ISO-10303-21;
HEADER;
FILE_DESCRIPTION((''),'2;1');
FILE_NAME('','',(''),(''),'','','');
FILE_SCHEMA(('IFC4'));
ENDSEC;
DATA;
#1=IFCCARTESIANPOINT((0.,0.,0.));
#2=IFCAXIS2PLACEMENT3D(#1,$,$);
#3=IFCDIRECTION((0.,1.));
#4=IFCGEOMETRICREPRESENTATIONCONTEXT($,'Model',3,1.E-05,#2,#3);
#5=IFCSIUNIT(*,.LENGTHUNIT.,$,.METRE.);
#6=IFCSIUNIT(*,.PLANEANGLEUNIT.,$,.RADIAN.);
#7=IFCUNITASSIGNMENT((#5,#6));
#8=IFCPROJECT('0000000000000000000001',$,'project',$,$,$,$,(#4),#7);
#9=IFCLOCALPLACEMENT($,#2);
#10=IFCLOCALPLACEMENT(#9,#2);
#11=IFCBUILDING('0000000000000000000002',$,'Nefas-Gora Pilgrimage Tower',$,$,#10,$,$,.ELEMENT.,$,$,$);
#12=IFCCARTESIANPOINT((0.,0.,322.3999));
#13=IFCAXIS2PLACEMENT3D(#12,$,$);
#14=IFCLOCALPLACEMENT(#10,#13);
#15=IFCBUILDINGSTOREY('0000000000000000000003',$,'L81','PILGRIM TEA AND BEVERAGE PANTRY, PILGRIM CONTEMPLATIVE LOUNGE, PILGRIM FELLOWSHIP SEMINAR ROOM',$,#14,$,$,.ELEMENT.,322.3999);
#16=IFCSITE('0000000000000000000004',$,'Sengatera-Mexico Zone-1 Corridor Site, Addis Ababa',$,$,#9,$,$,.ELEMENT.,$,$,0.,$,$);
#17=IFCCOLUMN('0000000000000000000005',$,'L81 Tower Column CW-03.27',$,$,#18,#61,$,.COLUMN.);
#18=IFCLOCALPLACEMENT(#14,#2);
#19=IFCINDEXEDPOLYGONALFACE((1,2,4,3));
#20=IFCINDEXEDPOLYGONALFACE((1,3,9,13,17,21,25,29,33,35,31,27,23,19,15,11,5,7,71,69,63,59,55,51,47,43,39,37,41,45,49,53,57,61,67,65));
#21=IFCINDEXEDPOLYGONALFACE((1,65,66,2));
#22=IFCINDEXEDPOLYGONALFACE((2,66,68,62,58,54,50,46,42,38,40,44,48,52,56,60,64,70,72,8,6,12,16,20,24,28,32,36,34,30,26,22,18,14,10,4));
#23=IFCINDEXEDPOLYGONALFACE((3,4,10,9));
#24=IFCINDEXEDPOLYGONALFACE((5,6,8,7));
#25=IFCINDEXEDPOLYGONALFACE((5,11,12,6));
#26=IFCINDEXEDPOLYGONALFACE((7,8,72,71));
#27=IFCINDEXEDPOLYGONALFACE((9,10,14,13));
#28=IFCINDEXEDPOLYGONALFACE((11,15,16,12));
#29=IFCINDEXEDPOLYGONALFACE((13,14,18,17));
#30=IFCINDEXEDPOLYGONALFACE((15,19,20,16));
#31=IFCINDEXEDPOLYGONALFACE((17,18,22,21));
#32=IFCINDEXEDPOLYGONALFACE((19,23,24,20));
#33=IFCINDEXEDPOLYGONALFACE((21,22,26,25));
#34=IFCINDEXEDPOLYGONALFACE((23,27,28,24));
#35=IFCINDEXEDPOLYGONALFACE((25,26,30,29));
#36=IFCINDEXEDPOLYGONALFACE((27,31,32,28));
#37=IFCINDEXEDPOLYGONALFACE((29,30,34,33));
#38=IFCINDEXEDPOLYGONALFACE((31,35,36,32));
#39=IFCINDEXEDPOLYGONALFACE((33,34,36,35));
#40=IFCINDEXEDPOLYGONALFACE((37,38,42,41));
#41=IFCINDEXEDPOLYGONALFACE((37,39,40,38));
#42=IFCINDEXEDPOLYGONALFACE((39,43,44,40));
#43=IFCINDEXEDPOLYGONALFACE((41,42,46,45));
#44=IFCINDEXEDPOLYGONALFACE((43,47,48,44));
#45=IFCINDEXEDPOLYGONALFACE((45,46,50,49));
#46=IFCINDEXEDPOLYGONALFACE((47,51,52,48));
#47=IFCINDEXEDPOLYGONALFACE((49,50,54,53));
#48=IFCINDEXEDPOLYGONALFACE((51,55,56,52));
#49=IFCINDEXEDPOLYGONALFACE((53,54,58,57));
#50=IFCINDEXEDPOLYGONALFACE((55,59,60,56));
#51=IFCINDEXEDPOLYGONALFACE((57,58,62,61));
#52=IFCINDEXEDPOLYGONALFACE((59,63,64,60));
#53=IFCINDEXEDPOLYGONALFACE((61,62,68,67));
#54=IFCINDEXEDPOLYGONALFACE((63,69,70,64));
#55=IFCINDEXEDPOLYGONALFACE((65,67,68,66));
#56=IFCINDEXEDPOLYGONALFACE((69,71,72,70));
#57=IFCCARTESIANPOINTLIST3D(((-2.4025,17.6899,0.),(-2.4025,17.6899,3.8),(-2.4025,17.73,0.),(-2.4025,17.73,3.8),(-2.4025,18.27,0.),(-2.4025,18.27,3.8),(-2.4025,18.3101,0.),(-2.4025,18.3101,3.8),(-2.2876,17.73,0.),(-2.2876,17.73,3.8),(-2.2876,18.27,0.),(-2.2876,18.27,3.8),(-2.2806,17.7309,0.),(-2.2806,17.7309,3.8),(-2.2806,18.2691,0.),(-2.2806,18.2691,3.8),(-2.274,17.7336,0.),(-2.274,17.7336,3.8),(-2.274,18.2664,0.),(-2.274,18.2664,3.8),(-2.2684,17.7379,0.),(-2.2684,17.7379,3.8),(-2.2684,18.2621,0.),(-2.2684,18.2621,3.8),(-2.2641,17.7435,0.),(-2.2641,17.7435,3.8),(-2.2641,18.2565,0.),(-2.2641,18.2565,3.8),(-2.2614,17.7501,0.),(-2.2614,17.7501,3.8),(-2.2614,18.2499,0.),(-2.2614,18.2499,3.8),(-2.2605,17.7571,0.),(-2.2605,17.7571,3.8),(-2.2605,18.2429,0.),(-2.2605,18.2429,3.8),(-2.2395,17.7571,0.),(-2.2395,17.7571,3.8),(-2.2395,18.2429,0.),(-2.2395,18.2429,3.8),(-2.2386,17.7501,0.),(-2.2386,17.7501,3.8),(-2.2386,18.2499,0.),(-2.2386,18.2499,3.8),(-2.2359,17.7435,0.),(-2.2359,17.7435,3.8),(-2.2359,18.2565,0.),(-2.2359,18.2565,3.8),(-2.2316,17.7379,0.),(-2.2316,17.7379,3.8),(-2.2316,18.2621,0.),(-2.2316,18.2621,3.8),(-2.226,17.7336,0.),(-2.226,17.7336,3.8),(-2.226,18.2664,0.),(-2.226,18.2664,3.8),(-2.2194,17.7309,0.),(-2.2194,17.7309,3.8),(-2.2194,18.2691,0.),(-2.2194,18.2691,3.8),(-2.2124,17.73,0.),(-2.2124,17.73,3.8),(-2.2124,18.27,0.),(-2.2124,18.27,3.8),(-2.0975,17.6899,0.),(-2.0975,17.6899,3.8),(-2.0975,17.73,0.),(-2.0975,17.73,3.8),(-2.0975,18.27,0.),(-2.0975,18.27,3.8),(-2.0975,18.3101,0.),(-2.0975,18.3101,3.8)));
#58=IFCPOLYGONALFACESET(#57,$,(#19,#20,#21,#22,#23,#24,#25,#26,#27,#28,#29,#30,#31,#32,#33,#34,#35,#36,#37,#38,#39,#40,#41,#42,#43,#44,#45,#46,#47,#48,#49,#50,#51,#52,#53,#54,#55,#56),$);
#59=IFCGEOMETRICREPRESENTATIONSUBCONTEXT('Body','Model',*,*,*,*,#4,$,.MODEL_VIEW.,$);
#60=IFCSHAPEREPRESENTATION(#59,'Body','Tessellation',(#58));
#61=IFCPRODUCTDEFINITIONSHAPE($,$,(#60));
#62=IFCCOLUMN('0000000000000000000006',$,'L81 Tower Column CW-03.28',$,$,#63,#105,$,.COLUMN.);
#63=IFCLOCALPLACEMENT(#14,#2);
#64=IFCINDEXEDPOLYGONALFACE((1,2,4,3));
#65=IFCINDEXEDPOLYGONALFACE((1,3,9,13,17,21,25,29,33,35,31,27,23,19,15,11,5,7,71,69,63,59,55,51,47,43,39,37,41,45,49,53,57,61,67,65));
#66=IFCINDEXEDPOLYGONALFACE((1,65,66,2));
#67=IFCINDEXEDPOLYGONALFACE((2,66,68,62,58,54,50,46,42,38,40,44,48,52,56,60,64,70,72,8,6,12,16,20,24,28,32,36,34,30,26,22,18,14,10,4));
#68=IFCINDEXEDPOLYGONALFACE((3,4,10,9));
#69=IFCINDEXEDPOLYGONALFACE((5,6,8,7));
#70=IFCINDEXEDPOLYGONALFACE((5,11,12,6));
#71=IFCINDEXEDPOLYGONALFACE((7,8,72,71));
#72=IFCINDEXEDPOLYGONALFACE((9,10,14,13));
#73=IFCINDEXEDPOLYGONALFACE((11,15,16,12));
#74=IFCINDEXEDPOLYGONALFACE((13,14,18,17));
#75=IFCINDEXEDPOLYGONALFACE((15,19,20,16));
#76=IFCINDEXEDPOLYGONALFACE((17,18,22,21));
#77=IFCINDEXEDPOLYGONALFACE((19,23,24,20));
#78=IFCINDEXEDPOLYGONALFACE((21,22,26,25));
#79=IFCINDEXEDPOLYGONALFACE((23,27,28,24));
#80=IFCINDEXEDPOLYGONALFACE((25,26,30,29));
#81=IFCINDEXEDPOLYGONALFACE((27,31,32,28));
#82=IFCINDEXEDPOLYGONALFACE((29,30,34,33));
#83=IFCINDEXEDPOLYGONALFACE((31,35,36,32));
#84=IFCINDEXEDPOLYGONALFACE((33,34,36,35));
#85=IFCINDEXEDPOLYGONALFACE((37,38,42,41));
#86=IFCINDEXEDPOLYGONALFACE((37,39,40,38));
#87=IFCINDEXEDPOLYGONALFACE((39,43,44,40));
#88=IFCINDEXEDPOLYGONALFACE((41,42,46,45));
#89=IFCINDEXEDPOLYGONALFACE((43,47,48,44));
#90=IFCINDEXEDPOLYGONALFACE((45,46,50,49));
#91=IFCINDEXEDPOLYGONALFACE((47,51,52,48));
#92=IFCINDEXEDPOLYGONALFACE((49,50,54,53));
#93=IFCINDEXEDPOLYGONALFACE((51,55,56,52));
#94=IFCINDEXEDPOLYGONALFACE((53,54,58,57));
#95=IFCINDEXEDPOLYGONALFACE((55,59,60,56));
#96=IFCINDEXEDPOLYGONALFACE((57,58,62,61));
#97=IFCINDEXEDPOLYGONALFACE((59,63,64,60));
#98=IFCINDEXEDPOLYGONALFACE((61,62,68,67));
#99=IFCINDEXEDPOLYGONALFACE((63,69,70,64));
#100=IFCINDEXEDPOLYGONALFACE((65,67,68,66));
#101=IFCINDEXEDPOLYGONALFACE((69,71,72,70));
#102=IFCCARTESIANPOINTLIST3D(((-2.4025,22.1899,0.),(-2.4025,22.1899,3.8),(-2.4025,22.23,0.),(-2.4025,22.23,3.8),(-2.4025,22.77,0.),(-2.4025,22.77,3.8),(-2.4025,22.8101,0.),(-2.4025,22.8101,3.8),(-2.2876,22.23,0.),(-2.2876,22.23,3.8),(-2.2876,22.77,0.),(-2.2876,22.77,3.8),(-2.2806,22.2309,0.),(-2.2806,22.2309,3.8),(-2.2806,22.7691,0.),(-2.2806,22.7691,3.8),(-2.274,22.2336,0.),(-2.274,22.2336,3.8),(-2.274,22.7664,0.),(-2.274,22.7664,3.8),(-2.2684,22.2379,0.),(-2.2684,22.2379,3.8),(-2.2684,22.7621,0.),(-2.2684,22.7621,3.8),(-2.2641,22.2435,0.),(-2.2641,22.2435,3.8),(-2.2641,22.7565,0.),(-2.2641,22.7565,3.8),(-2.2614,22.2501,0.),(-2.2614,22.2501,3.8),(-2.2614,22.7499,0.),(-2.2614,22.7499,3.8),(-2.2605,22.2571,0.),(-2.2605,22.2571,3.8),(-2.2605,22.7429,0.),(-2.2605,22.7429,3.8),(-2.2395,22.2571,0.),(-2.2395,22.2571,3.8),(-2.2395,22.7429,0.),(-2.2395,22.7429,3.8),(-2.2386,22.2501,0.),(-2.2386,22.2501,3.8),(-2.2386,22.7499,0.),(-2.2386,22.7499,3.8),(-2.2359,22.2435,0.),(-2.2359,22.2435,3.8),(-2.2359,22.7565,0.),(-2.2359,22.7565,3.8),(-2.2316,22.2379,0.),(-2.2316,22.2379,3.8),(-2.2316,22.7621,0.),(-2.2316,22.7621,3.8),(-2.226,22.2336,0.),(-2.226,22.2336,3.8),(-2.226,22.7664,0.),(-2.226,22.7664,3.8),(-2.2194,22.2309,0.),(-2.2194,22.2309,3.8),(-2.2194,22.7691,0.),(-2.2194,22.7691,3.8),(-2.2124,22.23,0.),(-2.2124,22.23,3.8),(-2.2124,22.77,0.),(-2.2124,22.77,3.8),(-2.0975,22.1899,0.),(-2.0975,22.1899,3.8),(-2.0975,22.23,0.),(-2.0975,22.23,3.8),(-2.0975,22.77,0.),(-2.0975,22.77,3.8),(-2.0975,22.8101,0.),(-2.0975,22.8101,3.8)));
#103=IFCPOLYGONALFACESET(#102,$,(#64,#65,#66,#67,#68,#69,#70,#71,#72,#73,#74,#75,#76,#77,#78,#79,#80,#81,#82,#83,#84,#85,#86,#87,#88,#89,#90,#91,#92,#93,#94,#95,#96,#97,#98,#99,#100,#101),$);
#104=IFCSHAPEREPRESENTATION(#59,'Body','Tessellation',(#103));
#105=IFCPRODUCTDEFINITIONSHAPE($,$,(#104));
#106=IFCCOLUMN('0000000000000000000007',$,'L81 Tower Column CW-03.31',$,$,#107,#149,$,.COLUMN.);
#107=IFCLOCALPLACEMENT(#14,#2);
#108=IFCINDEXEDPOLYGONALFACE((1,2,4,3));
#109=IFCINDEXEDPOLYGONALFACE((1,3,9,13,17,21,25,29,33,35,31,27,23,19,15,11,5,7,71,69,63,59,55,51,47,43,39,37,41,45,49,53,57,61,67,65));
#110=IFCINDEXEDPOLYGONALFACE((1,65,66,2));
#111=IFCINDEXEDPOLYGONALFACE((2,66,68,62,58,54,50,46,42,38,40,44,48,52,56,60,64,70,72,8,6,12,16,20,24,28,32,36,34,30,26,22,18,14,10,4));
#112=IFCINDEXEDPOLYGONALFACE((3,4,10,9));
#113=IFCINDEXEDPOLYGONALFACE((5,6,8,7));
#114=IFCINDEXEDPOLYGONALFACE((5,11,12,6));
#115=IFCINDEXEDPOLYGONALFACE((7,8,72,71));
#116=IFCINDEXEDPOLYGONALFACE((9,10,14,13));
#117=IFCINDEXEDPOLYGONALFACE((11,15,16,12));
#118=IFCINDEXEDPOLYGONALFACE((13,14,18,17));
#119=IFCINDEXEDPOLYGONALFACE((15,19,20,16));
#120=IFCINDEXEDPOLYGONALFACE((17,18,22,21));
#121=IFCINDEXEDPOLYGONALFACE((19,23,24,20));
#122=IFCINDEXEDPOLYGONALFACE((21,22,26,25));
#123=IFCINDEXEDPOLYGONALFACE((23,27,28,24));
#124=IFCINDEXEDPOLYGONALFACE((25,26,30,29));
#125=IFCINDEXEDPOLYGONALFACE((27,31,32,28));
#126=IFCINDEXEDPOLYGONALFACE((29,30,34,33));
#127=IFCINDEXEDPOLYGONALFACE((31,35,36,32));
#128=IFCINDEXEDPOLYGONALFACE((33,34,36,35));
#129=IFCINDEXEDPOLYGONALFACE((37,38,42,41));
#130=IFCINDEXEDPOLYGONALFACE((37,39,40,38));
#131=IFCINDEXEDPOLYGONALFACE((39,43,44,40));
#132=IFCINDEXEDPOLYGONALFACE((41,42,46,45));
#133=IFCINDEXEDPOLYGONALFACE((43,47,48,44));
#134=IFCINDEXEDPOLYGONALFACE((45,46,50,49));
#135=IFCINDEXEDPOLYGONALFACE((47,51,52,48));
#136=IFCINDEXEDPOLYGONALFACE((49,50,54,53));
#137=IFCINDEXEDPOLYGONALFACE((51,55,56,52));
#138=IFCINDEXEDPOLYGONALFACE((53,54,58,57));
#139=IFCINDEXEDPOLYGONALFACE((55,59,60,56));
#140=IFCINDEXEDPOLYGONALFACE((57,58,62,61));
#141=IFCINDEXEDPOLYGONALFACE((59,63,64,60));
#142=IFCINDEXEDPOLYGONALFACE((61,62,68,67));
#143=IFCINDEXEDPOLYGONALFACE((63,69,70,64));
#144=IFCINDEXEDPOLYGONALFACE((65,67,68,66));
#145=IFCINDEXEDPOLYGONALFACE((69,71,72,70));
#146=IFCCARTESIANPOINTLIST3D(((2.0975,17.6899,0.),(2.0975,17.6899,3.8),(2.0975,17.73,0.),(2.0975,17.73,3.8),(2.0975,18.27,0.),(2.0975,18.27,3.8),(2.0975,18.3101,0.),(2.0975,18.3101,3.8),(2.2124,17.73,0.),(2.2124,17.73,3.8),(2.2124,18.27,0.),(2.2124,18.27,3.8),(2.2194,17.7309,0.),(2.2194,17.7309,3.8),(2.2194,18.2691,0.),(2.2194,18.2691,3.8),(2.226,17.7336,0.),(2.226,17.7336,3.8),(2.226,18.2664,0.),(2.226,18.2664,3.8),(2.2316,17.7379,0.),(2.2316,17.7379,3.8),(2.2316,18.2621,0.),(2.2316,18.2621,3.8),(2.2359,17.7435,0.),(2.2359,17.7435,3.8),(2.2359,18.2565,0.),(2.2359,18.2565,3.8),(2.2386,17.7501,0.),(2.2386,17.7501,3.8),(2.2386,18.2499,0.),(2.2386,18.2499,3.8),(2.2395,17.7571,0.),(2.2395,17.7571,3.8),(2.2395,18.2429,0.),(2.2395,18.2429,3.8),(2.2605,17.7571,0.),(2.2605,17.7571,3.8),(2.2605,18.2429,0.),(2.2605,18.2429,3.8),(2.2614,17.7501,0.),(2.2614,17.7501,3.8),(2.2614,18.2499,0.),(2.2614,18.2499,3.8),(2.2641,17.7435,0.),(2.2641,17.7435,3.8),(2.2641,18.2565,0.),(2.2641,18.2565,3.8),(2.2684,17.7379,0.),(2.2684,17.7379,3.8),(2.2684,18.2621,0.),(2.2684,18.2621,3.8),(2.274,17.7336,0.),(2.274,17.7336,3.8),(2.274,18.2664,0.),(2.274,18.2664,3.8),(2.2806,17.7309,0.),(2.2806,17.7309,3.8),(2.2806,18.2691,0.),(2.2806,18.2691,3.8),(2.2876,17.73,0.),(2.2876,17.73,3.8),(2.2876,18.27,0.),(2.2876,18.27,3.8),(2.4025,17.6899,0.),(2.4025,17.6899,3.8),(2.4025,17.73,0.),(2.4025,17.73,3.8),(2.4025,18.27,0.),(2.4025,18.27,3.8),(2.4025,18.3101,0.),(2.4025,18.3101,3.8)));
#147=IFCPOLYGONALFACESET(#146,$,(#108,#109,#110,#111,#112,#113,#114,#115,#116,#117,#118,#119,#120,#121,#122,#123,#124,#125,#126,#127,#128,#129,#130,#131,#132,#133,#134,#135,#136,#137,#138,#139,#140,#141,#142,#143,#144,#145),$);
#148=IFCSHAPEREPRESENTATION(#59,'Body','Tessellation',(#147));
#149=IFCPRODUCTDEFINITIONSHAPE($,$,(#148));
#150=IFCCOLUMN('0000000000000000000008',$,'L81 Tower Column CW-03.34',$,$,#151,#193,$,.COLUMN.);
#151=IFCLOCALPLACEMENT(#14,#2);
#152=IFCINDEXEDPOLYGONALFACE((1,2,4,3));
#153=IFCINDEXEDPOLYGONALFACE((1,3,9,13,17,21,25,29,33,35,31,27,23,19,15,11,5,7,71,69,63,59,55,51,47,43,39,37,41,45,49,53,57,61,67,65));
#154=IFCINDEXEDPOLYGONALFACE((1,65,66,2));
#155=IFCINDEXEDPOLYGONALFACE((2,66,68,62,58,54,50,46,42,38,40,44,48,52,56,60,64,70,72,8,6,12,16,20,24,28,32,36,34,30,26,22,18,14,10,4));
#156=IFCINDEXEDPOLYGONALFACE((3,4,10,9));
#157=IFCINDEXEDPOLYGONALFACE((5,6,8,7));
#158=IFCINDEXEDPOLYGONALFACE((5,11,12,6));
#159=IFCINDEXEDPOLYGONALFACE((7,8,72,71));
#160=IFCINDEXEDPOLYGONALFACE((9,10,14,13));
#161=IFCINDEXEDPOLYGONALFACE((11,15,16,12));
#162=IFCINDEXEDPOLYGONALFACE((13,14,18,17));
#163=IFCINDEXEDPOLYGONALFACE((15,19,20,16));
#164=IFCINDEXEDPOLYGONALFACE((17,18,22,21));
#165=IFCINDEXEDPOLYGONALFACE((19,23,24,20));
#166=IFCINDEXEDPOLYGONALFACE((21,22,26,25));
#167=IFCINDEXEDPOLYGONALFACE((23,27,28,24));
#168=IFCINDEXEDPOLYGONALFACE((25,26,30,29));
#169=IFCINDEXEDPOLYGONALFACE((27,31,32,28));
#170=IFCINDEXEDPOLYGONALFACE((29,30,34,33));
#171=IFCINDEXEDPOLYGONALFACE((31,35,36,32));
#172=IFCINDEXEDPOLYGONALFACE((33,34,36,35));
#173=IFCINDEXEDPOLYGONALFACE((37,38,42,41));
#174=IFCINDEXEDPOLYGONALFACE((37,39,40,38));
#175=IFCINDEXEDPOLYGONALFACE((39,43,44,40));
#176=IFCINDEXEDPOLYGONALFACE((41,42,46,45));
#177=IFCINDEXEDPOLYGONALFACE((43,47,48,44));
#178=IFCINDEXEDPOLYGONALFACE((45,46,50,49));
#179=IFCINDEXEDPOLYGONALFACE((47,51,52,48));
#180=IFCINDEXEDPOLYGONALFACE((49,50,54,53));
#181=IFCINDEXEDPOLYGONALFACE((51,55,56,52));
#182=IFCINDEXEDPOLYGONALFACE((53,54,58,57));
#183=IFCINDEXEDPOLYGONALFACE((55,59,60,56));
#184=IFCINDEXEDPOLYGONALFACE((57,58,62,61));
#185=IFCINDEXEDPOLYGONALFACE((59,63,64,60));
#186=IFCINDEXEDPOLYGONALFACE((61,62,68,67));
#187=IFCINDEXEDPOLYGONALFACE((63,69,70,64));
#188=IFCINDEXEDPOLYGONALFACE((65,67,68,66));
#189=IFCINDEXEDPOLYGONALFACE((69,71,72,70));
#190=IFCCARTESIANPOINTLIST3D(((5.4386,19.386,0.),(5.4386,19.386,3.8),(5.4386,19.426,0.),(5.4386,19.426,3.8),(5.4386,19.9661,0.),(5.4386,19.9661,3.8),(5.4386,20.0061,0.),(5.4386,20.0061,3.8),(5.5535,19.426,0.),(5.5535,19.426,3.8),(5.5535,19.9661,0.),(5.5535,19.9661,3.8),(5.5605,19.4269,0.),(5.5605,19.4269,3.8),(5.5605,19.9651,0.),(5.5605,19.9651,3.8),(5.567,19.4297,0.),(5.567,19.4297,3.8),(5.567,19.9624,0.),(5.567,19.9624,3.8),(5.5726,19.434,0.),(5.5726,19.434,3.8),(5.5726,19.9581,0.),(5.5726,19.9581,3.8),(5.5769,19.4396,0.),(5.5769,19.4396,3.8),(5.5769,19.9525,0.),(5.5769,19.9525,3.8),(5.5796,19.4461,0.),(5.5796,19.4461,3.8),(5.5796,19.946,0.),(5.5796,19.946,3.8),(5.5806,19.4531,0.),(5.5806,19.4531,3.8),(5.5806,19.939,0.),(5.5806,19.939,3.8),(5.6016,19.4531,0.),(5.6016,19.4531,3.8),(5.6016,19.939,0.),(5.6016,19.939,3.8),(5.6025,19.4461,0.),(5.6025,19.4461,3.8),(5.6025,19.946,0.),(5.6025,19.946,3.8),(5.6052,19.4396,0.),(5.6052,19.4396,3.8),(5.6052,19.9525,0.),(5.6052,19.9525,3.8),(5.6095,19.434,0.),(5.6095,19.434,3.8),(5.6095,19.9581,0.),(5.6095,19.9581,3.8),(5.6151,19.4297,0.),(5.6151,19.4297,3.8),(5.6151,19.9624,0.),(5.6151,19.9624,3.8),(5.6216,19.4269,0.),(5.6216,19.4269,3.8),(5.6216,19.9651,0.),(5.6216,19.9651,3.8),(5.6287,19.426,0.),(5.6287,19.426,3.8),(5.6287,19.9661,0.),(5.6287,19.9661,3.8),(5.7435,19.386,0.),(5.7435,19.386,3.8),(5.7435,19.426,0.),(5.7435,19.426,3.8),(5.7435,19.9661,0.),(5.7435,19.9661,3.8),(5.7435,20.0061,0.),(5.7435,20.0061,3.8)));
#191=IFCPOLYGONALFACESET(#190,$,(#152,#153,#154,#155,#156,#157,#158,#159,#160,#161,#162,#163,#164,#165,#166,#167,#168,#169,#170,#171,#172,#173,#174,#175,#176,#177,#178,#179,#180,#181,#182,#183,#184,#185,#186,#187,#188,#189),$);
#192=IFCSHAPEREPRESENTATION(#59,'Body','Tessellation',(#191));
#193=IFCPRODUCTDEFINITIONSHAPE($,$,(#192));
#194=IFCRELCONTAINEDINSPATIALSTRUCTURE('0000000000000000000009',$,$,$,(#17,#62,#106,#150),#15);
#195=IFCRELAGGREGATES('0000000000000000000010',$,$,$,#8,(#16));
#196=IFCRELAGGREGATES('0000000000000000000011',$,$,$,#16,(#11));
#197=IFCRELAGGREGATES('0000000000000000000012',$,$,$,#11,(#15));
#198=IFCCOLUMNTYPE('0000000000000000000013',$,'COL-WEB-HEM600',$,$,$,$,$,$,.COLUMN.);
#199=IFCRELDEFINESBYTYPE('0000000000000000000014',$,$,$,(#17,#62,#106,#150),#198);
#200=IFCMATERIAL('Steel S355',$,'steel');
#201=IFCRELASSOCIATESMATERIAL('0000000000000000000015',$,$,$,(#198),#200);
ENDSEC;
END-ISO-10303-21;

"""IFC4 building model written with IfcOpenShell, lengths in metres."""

from ifc_helpers import new_model, si_unit, direction, frame, origin, origin_2d, place, context, subcontext, project, spatial, i_section, extrude, source, transform, mapped, material, material_profile, profile_set, type_object, element, save


model = new_model("IFC4")

# Units and contexts
model_context = context("Model", 3, precision=1e-05, world=origin(), true_north=direction((0.0, 1.0)))
body_context = subcontext(model_context, "Body", "Model", "MODEL_VIEW")
ifc_project = project(units=[si_unit("LENGTHUNIT", "METRE"), si_unit("PLANEANGLEUNIT", "RADIAN")], contexts=[model_context])

# Site, building, storey
site_placement = place(None, origin())
site = spatial("IfcSite", under=ifc_project, at=site_placement, Name="Sengatera-Mexico Zone-1 Corridor Site, Addis Ababa", CompositionType="ELEMENT", RefElevation=0.0)
building_placement = place(site_placement, origin())
building = spatial("IfcBuilding", under=site, at=building_placement, Name="Nefas-Gora Pilgrimage Tower", CompositionType="ELEMENT")
storey_placement = place(building_placement, frame((0.0, 0.0, 322.3999)))
storey = spatial("IfcBuildingStorey", under=building, at=storey_placement, Name="L81", Description="PILGRIM TEA AND BEVERAGE PANTRY, PILGRIM CONTEMPLATIVE LOUNGE, PILGRIM FELLOWSHIP SEMINAR ROOM", CompositionType="ELEMENT", Elevation=322.3999)

# Columns
ifc_material_1 = material(Name="Steel S355", Category="steel")
ifc_material_profile_1 = material_profile(ifc_material_1, i_section(OverallWidth=0.3049, OverallDepth=0.6201, WebThickness=0.021, FlangeThickness=0.04, FilletRadius=0.0271, at=origin_2d()), Name="HEM 600")
ifc_profile_set_1 = profile_set([ifc_material_profile_1], Name="Steel S355")
column_type_1 = type_object("IfcColumnType", Name="COL-WEB-HEM600", PredefinedType="COLUMN", material=ifc_profile_set_1)
shared_shape_1 = source(origin(), body_context, "Body", "SweptSolid", [
    extrude(i_section(OverallWidth=0.3049, OverallDepth=0.6201, WebThickness=0.021, FlangeThickness=0.04, FilletRadius=0.0271, at=origin_2d()), origin(), (0.0, 0.0, 1.0), 3.8),
])
for number, where, z_axis, x_axis, name in (
    (1, (-2.25, 18.0, 0.0), (0.0, 0.0, 1.0), (1.0, 0.0, 0.0), "L81 Tower Column CW-03.27"),
    (2, (-2.25, 22.5, 0.0), (0.0, 0.0, 1.0), (1.0, 0.0, 0.0), "L81 Tower Column CW-03.28"),
    (3, (2.25, 18.0, 0.0), (0.0, 0.0, 1.0), (1.0, 0.0, 0.0), "L81 Tower Column CW-03.31"),
    (4, (5.5911, 19.696, 0.0), (0.0, 0.0, 1.0), (1.0, 0.0, 0.0), "L81 Tower Column CW-03.34"),
):
    element("IfcColumn", number, at=place(storey_placement, frame(where, z_axis=z_axis, x_axis=x_axis)), inside=storey, type_object=column_type_1, Name=name, PredefinedType="COLUMN", context=body_context, shape_type="MappedRepresentation", body=[
        mapped(shared_shape_1, transform((0.0, 0.0, 0.0), x_axis=(1.0, 0.0, 0.0), y_axis=(0.0, 1.0, 0.0), z_axis=(0.0, 0.0, 1.0), scale=1.0)),
    ])

save(model, "model.ifc")
